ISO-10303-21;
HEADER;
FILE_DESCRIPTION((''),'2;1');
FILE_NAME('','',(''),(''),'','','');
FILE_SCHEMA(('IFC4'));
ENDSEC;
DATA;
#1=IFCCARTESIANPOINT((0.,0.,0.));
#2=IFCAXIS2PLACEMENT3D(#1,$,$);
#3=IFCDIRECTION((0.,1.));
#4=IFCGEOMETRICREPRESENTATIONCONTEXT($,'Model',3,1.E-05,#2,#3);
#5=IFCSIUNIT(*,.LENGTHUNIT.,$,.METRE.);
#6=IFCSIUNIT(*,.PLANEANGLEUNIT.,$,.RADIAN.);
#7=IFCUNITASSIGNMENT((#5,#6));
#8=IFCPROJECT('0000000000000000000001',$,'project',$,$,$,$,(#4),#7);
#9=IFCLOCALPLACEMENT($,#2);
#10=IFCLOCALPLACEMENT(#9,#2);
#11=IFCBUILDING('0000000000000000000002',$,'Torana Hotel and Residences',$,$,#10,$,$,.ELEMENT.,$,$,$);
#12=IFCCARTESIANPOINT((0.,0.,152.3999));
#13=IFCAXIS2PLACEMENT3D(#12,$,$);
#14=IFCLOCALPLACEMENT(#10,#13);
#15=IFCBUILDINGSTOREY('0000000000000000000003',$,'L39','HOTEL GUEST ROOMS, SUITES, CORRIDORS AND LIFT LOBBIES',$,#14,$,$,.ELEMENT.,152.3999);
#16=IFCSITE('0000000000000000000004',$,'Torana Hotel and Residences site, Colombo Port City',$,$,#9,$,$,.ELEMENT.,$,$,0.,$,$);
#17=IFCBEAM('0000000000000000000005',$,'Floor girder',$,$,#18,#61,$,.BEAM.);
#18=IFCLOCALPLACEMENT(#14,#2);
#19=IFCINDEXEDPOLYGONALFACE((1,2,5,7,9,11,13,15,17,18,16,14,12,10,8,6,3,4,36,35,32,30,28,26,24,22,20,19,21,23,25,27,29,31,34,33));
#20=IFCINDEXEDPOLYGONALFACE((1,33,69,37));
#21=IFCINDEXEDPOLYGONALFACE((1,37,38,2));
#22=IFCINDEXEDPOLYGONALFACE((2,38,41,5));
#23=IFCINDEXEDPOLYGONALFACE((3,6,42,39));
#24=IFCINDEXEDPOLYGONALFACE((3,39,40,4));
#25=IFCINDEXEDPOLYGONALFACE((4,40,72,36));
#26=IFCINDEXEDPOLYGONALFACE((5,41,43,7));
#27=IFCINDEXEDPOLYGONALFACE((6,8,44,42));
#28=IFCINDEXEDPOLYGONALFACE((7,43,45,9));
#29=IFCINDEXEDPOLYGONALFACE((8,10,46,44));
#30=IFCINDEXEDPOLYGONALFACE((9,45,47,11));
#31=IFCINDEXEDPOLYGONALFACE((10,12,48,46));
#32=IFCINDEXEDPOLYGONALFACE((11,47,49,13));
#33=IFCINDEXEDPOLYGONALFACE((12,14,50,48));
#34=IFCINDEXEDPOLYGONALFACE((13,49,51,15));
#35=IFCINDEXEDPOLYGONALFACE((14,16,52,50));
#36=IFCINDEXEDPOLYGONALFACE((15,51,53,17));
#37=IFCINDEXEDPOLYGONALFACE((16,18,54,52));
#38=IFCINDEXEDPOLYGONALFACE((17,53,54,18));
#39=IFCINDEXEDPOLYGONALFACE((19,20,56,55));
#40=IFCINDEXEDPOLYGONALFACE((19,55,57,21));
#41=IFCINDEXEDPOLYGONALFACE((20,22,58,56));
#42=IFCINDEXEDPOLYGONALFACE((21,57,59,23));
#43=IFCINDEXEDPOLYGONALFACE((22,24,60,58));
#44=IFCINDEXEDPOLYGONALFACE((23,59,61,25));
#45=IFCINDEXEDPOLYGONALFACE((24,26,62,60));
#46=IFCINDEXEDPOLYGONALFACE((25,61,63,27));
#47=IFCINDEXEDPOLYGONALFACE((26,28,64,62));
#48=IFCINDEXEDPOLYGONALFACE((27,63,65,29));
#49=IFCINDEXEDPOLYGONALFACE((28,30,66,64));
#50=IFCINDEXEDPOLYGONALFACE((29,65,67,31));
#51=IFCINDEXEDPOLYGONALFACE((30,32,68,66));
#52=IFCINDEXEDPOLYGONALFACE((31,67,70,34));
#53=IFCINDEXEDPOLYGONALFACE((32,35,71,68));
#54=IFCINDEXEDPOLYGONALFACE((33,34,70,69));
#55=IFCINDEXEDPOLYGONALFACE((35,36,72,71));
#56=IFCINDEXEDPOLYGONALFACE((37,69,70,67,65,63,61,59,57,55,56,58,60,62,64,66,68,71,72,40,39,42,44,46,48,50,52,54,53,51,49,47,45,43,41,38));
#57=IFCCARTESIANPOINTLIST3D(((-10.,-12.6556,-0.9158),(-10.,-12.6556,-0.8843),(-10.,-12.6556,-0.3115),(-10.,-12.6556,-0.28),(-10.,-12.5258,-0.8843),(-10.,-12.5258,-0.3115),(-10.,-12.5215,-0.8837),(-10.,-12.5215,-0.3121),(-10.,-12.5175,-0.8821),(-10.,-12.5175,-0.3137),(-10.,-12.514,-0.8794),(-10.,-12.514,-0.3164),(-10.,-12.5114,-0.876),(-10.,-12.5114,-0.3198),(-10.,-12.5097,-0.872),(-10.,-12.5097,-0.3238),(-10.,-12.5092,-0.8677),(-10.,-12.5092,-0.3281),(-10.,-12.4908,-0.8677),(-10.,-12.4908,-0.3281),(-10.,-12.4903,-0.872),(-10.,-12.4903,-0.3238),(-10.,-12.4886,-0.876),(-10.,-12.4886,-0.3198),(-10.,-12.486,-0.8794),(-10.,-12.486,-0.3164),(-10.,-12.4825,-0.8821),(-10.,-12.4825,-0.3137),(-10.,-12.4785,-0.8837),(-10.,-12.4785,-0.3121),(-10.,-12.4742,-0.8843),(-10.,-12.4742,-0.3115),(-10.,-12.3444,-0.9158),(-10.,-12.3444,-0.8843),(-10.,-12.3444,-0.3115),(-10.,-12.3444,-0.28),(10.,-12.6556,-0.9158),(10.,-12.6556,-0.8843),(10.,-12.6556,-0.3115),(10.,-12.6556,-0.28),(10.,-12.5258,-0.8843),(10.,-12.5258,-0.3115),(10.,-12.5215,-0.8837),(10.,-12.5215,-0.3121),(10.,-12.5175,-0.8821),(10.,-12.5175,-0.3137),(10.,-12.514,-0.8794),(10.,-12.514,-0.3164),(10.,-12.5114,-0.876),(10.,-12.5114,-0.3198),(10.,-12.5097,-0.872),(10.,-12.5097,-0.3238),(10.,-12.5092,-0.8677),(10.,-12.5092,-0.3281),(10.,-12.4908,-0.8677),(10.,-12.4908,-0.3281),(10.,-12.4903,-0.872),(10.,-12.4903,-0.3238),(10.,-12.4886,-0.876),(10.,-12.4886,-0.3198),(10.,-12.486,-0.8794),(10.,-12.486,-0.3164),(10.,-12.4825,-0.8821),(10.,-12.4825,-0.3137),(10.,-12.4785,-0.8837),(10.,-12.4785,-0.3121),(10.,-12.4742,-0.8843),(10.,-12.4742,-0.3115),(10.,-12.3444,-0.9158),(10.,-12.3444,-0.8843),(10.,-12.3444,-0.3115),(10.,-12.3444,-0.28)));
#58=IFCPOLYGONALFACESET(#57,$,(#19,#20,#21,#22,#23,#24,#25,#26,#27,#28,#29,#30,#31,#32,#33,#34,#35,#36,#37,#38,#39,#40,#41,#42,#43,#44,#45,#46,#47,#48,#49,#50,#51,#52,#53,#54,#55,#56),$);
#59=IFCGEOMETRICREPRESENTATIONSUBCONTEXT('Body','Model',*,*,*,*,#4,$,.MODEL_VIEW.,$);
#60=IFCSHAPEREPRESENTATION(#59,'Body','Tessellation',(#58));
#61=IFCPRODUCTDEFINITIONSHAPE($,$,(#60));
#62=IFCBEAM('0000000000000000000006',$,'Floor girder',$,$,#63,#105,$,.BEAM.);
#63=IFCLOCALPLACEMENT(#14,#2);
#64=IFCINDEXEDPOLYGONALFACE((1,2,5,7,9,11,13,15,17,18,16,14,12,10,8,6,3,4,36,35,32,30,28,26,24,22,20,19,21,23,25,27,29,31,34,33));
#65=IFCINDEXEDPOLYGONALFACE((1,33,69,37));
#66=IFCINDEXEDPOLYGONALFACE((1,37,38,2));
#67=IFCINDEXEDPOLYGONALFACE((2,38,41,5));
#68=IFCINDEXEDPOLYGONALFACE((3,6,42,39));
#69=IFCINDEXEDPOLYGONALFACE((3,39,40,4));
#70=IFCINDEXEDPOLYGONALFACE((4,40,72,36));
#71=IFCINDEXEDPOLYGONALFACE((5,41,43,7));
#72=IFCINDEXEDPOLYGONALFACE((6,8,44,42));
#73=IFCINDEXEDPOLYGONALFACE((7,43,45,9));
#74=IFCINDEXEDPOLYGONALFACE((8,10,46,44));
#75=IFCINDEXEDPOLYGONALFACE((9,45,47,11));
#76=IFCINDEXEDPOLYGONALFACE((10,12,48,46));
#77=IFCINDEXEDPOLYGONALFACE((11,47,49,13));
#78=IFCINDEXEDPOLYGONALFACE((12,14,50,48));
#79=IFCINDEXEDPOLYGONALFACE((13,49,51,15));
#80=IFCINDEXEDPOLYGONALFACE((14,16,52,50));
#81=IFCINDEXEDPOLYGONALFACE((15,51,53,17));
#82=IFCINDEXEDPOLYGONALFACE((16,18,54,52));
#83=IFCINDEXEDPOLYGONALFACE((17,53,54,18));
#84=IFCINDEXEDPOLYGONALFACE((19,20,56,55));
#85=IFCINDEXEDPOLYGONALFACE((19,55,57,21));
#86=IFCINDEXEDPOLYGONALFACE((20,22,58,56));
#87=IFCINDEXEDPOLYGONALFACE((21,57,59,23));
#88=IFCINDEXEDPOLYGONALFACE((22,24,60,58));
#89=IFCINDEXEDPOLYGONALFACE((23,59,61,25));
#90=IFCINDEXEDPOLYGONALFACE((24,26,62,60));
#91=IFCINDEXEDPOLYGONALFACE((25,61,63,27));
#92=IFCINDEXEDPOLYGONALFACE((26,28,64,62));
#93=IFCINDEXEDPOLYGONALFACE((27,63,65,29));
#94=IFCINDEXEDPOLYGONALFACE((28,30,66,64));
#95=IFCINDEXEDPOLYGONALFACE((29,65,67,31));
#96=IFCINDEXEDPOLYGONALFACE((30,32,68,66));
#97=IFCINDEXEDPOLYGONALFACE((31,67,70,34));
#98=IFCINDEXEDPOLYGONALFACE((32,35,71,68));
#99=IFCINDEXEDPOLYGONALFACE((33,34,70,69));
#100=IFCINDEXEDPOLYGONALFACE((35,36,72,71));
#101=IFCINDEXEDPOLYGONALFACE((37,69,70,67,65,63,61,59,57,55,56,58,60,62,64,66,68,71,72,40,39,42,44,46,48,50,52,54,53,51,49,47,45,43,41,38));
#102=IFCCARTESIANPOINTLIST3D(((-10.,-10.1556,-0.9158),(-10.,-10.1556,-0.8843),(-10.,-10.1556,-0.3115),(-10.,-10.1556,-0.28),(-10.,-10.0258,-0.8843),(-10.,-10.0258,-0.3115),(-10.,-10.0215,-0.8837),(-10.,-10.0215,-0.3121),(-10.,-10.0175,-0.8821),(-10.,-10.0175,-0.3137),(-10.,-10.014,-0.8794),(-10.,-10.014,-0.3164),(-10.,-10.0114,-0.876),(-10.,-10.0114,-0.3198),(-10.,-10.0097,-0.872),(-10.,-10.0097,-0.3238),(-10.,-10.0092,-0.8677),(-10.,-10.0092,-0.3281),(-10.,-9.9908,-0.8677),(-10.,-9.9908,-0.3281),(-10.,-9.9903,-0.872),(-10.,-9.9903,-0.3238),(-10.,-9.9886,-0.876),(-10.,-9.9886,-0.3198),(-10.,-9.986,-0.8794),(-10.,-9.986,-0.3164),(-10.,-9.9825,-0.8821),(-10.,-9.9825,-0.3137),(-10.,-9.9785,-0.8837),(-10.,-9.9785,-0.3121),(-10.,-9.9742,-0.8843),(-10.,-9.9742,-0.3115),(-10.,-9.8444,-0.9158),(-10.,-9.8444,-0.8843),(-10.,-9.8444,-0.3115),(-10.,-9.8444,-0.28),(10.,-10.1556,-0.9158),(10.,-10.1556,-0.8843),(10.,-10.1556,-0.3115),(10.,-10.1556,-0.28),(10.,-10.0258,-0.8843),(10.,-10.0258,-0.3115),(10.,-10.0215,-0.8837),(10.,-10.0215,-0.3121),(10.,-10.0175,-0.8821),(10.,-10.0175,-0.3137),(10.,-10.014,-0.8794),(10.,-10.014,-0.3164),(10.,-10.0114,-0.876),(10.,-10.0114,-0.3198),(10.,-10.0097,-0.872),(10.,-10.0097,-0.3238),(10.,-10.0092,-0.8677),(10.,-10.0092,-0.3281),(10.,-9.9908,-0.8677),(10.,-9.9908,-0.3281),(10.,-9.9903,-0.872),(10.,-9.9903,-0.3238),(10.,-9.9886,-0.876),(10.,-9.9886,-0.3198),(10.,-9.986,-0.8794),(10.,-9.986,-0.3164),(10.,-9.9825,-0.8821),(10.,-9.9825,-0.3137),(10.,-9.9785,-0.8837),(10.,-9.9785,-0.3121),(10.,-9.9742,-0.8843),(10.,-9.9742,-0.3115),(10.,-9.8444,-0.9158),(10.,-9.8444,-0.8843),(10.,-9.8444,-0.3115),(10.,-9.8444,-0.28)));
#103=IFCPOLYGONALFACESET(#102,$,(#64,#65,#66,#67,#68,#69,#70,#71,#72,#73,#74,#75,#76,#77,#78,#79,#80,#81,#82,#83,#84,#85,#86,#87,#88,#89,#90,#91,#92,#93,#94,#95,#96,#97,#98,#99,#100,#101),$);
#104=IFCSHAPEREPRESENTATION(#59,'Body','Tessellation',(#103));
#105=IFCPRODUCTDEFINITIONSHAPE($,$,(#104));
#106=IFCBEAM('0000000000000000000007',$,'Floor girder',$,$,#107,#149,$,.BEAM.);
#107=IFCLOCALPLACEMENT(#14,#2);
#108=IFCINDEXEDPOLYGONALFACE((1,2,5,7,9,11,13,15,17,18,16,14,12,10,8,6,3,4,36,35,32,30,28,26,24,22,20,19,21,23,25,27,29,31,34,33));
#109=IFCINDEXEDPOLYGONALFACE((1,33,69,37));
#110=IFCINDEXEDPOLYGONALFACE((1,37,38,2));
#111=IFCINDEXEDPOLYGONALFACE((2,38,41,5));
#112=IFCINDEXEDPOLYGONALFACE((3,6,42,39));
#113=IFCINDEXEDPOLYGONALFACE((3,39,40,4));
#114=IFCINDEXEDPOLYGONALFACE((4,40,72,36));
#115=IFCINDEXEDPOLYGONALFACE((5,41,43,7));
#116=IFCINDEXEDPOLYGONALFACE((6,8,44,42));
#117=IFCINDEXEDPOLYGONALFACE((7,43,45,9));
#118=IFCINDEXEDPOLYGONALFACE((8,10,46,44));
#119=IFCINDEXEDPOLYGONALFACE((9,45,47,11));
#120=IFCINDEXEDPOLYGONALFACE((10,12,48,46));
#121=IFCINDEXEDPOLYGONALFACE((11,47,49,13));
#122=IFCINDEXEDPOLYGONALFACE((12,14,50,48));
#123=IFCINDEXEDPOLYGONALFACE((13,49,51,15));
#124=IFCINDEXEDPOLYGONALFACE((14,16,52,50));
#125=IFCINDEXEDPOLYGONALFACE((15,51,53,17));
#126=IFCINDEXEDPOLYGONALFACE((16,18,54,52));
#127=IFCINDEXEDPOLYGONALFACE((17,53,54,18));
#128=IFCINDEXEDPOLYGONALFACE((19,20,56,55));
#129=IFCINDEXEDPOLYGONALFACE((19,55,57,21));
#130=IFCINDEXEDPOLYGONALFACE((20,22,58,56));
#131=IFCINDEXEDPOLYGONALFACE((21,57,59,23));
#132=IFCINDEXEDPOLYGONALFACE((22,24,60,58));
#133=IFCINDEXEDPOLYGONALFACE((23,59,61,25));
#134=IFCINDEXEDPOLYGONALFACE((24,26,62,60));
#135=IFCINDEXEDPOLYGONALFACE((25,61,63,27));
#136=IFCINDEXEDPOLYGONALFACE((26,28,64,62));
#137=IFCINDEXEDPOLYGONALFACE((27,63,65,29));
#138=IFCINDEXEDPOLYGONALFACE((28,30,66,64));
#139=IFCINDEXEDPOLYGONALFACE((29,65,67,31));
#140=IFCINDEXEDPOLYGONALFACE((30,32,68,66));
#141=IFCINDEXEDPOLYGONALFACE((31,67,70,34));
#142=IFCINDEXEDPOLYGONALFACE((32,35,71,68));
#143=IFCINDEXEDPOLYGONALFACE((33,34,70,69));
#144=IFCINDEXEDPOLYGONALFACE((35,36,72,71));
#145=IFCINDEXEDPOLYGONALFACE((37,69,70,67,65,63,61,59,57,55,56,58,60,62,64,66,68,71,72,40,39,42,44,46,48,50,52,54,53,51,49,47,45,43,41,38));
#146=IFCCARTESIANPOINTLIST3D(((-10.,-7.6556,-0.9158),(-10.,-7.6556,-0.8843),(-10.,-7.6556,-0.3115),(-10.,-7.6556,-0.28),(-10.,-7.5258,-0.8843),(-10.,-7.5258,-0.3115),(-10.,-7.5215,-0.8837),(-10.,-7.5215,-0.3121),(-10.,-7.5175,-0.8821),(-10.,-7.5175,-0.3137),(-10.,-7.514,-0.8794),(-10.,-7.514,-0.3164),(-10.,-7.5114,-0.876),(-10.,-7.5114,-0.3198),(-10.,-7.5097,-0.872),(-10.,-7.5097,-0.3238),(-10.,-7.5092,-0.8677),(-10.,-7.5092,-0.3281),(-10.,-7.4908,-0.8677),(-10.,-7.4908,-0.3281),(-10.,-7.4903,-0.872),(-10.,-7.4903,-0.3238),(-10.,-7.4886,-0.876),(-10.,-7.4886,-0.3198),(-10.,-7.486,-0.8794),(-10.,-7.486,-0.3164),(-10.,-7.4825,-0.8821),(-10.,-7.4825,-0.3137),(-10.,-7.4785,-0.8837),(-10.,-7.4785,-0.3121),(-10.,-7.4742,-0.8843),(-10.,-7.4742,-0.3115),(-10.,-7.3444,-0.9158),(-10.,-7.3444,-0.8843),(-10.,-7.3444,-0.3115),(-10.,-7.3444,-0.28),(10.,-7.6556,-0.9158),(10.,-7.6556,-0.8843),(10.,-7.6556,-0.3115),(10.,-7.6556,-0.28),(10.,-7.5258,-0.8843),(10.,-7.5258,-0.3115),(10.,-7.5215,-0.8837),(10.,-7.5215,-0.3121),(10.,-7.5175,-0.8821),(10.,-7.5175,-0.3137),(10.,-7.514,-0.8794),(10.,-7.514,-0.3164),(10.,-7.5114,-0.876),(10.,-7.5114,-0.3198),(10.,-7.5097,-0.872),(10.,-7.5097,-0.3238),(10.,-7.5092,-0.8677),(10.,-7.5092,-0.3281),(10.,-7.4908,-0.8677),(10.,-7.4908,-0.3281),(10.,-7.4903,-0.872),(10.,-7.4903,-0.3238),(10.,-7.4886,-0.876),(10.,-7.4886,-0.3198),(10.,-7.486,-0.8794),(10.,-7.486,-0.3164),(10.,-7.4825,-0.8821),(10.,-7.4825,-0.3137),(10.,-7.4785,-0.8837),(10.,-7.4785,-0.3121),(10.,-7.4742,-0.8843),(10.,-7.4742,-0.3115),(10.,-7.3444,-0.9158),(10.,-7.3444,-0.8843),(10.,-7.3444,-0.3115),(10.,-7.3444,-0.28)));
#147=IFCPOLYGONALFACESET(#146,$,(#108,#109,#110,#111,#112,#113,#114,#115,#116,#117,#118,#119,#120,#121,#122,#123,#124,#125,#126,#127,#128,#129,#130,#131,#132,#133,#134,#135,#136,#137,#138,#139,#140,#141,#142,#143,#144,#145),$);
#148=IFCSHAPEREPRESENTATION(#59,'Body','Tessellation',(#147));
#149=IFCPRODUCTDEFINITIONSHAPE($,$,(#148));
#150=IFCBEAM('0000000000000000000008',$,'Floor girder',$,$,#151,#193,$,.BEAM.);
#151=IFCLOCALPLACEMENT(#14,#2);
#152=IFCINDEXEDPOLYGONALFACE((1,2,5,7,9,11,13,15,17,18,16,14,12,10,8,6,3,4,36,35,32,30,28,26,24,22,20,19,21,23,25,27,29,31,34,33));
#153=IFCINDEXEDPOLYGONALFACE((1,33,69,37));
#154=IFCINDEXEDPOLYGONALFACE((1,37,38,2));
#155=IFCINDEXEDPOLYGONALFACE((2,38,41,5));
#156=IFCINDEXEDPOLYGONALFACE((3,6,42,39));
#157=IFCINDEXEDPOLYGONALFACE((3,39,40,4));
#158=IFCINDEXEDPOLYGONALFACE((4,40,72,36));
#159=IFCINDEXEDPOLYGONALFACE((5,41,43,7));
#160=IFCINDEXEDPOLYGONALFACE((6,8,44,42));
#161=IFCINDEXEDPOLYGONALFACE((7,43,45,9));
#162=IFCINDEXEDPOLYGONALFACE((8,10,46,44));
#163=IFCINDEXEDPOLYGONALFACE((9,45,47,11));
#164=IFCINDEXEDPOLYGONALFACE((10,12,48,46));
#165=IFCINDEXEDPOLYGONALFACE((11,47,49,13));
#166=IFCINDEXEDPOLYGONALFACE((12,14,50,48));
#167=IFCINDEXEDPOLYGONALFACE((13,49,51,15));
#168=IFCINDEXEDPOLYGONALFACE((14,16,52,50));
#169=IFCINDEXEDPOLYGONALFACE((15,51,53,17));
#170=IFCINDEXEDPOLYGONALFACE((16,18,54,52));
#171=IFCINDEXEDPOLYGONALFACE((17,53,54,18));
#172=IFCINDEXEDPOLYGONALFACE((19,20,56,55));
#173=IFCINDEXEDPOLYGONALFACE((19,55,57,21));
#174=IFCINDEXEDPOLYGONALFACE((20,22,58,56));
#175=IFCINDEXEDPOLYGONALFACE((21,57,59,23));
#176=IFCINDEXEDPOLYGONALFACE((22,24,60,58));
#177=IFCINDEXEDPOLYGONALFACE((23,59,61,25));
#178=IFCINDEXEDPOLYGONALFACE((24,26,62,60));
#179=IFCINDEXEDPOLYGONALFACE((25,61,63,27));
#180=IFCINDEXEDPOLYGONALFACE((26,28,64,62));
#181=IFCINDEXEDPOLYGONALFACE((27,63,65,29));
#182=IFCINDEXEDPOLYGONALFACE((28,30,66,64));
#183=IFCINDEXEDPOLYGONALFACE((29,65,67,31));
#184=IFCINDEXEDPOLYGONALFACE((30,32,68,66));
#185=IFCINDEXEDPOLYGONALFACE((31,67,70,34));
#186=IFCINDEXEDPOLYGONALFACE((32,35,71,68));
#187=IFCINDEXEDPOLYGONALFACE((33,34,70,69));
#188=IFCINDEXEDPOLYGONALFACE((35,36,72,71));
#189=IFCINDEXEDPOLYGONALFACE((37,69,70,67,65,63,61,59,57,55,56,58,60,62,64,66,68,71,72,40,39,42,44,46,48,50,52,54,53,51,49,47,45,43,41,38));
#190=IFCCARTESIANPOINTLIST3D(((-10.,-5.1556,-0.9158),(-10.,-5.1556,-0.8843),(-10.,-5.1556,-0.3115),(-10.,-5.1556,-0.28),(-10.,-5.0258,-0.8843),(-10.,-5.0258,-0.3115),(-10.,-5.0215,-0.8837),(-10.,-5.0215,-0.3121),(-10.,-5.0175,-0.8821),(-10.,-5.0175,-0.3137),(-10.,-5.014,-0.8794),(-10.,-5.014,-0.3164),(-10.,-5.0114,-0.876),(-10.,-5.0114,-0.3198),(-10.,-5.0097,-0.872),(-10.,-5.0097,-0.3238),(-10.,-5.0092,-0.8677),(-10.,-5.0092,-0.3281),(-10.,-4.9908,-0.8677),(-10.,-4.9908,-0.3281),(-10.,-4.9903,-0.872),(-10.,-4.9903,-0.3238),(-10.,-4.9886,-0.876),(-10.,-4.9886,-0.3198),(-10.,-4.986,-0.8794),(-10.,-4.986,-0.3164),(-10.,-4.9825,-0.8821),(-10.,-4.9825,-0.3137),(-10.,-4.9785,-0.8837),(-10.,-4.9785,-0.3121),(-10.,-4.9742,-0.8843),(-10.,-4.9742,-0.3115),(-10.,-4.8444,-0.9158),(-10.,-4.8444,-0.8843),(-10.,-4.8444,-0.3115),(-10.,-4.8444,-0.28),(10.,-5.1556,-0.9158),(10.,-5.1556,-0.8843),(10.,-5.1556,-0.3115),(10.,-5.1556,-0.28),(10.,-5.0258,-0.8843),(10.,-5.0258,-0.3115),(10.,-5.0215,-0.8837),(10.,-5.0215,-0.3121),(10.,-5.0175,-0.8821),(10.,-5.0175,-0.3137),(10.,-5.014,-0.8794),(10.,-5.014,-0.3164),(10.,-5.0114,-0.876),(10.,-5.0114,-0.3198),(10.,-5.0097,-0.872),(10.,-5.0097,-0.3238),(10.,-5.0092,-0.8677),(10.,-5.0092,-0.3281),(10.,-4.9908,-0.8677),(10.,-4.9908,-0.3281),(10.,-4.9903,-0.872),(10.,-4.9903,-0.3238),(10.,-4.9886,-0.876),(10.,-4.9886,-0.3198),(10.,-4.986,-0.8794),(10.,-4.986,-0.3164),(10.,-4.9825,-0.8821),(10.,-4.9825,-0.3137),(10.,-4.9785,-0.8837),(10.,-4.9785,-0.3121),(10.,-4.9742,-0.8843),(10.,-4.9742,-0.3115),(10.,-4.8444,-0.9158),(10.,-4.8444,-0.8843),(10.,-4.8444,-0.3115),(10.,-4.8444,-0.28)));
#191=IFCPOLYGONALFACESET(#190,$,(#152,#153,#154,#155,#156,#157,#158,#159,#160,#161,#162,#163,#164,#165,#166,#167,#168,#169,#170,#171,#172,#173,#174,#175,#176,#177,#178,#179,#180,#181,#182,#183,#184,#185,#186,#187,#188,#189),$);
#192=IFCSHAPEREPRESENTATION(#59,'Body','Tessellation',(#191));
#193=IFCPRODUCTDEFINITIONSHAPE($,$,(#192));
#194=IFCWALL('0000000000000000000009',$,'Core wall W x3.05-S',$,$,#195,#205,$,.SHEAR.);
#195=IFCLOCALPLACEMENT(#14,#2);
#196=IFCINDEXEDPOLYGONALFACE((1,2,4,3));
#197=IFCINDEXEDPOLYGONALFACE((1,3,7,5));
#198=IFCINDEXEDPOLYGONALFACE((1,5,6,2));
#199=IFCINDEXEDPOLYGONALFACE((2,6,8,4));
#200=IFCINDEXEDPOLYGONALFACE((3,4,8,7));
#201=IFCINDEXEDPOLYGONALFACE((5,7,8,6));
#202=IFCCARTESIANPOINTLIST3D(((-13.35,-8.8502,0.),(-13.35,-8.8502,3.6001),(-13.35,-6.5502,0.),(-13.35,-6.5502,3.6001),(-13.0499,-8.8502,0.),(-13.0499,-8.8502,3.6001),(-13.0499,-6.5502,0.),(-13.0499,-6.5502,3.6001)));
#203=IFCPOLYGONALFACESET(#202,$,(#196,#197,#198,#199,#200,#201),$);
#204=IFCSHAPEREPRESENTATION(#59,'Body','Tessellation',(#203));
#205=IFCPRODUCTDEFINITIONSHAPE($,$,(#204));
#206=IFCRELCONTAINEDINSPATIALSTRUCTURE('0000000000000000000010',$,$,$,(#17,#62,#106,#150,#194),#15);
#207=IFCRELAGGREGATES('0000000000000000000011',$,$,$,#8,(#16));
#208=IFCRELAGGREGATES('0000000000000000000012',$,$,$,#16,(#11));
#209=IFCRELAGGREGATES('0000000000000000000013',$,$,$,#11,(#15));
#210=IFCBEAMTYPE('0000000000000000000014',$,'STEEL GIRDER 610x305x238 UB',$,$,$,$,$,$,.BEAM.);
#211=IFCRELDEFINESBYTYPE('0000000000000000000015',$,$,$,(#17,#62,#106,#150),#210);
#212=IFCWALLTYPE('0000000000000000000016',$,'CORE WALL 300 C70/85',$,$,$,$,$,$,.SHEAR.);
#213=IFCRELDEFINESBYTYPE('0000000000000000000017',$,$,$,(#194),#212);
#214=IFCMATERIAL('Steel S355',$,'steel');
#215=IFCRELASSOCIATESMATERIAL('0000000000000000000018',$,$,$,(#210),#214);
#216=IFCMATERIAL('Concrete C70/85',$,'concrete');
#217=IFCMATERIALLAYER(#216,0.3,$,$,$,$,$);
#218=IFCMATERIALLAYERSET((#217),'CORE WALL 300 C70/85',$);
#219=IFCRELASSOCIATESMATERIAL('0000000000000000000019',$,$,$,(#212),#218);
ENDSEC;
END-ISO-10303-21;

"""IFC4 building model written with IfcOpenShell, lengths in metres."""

from ifc_helpers import new_model, si_unit, direction, frame, frame_2d, origin, origin_2d, place, context, subcontext, project, spatial, rectangle, i_section, extrude, material, layer, layer_set, material_profile, profile_set, type_object, element, save


model = new_model("IFC4")

# Units and contexts
model_context = context("Model", 3, precision=1e-05, world=origin(), true_north=direction((0.0, 1.0)))
body_context = subcontext(model_context, "Body", "Model", "MODEL_VIEW")
ifc_project = project(units=[si_unit("LENGTHUNIT", "METRE"), si_unit("PLANEANGLEUNIT", "RADIAN")], contexts=[model_context])

# Site, building, storey
site_placement = place(None, origin())
site = spatial("IfcSite", under=ifc_project, at=site_placement, Name="Torana Hotel and Residences site, Colombo Port City", CompositionType="ELEMENT", RefElevation=0.0)
building_placement = place(site_placement, origin())
building = spatial("IfcBuilding", under=site, at=building_placement, Name="Torana Hotel and Residences", CompositionType="ELEMENT")
storey_placement = place(building_placement, frame((0.0, 0.0, 152.3999)))
storey = spatial("IfcBuildingStorey", under=building, at=storey_placement, Name="L39", Description="HOTEL GUEST ROOMS, SUITES, CORRIDORS AND LIFT LOBBIES", CompositionType="ELEMENT", Elevation=152.3999)

# Beams
ifc_material_1 = material(Name="Steel S355", Category="steel")
ifc_material_profile = material_profile(ifc_material_1, i_section(OverallWidth=0.3113, OverallDepth=0.6357, WebThickness=0.0183, FlangeThickness=0.0315, FilletRadius=0.0166, at=origin_2d()), Name="610x305x238 UB")
ifc_profile_set = profile_set([ifc_material_profile], Name="Steel S355")
beam_type = type_object("IfcBeamType", Name="STEEL GIRDER 610x305x238 UB", PredefinedType="BEAM", material=ifc_profile_set)
for number, where, z_axis, x_axis, name in (
    (1, (-10.0, -12.5, -0.5979), (1.0, 0.0, 0.0), (0.0, 1.0, 0.0), "Floor girder"),
    (2, (-10.0, -10.0, -0.5979), (1.0, 0.0, 0.0), (0.0, 1.0, 0.0), "Floor girder"),
    (3, (-10.0, -7.5, -0.5979), (1.0, 0.0, 0.0), (0.0, 1.0, 0.0), "Floor girder"),
    (4, (-10.0, -5.0, -0.5979), (1.0, 0.0, 0.0), (0.0, 1.0, 0.0), "Floor girder"),
):
    element("IfcBeam", number, at=place(storey_placement, frame(where, z_axis=z_axis, x_axis=x_axis)), inside=storey, type_object=beam_type, Name=name, PredefinedType="BEAM", context=body_context, shape_type="SweptSolid", body=[
        extrude(i_section(OverallWidth=0.3113, OverallDepth=0.6357, WebThickness=0.0183, FlangeThickness=0.0315, FilletRadius=0.0166, at=origin_2d()), origin(), (0.0, 0.0, 1.0), 20.0),
    ])

# Wall
ifc_material_2 = material(Name="Concrete C70/85", Category="concrete")
ifc_layer_1 = layer(ifc_material_2, 0.3)
ifc_layer_set_1 = layer_set([ifc_layer_1], Name="CORE WALL 300 C70/85")
wall_type_1 = type_object("IfcWallType", Name="CORE WALL 300 C70/85", PredefinedType="SHEAR", material=ifc_layer_set_1)
wall_1_placement = place(storey_placement, frame((-13.2, -8.8501, 0.0), z_axis=(0.0, 0.0, 1.0), x_axis=(0.0, 1.0, 0.0)))
element("IfcWall", 5, at=wall_1_placement, inside=storey, type_object=wall_type_1, Name="Core wall W x3.05-S", PredefinedType="SHEAR", context=body_context, shape_type="SweptSolid", body=[
    extrude(rectangle(XDim=2.3, YDim=0.3, at=frame_2d((1.1499, 0.0))), origin(), (0.0, 0.0, 1.0), 3.6001),
])

save(model, "model.ifc")
